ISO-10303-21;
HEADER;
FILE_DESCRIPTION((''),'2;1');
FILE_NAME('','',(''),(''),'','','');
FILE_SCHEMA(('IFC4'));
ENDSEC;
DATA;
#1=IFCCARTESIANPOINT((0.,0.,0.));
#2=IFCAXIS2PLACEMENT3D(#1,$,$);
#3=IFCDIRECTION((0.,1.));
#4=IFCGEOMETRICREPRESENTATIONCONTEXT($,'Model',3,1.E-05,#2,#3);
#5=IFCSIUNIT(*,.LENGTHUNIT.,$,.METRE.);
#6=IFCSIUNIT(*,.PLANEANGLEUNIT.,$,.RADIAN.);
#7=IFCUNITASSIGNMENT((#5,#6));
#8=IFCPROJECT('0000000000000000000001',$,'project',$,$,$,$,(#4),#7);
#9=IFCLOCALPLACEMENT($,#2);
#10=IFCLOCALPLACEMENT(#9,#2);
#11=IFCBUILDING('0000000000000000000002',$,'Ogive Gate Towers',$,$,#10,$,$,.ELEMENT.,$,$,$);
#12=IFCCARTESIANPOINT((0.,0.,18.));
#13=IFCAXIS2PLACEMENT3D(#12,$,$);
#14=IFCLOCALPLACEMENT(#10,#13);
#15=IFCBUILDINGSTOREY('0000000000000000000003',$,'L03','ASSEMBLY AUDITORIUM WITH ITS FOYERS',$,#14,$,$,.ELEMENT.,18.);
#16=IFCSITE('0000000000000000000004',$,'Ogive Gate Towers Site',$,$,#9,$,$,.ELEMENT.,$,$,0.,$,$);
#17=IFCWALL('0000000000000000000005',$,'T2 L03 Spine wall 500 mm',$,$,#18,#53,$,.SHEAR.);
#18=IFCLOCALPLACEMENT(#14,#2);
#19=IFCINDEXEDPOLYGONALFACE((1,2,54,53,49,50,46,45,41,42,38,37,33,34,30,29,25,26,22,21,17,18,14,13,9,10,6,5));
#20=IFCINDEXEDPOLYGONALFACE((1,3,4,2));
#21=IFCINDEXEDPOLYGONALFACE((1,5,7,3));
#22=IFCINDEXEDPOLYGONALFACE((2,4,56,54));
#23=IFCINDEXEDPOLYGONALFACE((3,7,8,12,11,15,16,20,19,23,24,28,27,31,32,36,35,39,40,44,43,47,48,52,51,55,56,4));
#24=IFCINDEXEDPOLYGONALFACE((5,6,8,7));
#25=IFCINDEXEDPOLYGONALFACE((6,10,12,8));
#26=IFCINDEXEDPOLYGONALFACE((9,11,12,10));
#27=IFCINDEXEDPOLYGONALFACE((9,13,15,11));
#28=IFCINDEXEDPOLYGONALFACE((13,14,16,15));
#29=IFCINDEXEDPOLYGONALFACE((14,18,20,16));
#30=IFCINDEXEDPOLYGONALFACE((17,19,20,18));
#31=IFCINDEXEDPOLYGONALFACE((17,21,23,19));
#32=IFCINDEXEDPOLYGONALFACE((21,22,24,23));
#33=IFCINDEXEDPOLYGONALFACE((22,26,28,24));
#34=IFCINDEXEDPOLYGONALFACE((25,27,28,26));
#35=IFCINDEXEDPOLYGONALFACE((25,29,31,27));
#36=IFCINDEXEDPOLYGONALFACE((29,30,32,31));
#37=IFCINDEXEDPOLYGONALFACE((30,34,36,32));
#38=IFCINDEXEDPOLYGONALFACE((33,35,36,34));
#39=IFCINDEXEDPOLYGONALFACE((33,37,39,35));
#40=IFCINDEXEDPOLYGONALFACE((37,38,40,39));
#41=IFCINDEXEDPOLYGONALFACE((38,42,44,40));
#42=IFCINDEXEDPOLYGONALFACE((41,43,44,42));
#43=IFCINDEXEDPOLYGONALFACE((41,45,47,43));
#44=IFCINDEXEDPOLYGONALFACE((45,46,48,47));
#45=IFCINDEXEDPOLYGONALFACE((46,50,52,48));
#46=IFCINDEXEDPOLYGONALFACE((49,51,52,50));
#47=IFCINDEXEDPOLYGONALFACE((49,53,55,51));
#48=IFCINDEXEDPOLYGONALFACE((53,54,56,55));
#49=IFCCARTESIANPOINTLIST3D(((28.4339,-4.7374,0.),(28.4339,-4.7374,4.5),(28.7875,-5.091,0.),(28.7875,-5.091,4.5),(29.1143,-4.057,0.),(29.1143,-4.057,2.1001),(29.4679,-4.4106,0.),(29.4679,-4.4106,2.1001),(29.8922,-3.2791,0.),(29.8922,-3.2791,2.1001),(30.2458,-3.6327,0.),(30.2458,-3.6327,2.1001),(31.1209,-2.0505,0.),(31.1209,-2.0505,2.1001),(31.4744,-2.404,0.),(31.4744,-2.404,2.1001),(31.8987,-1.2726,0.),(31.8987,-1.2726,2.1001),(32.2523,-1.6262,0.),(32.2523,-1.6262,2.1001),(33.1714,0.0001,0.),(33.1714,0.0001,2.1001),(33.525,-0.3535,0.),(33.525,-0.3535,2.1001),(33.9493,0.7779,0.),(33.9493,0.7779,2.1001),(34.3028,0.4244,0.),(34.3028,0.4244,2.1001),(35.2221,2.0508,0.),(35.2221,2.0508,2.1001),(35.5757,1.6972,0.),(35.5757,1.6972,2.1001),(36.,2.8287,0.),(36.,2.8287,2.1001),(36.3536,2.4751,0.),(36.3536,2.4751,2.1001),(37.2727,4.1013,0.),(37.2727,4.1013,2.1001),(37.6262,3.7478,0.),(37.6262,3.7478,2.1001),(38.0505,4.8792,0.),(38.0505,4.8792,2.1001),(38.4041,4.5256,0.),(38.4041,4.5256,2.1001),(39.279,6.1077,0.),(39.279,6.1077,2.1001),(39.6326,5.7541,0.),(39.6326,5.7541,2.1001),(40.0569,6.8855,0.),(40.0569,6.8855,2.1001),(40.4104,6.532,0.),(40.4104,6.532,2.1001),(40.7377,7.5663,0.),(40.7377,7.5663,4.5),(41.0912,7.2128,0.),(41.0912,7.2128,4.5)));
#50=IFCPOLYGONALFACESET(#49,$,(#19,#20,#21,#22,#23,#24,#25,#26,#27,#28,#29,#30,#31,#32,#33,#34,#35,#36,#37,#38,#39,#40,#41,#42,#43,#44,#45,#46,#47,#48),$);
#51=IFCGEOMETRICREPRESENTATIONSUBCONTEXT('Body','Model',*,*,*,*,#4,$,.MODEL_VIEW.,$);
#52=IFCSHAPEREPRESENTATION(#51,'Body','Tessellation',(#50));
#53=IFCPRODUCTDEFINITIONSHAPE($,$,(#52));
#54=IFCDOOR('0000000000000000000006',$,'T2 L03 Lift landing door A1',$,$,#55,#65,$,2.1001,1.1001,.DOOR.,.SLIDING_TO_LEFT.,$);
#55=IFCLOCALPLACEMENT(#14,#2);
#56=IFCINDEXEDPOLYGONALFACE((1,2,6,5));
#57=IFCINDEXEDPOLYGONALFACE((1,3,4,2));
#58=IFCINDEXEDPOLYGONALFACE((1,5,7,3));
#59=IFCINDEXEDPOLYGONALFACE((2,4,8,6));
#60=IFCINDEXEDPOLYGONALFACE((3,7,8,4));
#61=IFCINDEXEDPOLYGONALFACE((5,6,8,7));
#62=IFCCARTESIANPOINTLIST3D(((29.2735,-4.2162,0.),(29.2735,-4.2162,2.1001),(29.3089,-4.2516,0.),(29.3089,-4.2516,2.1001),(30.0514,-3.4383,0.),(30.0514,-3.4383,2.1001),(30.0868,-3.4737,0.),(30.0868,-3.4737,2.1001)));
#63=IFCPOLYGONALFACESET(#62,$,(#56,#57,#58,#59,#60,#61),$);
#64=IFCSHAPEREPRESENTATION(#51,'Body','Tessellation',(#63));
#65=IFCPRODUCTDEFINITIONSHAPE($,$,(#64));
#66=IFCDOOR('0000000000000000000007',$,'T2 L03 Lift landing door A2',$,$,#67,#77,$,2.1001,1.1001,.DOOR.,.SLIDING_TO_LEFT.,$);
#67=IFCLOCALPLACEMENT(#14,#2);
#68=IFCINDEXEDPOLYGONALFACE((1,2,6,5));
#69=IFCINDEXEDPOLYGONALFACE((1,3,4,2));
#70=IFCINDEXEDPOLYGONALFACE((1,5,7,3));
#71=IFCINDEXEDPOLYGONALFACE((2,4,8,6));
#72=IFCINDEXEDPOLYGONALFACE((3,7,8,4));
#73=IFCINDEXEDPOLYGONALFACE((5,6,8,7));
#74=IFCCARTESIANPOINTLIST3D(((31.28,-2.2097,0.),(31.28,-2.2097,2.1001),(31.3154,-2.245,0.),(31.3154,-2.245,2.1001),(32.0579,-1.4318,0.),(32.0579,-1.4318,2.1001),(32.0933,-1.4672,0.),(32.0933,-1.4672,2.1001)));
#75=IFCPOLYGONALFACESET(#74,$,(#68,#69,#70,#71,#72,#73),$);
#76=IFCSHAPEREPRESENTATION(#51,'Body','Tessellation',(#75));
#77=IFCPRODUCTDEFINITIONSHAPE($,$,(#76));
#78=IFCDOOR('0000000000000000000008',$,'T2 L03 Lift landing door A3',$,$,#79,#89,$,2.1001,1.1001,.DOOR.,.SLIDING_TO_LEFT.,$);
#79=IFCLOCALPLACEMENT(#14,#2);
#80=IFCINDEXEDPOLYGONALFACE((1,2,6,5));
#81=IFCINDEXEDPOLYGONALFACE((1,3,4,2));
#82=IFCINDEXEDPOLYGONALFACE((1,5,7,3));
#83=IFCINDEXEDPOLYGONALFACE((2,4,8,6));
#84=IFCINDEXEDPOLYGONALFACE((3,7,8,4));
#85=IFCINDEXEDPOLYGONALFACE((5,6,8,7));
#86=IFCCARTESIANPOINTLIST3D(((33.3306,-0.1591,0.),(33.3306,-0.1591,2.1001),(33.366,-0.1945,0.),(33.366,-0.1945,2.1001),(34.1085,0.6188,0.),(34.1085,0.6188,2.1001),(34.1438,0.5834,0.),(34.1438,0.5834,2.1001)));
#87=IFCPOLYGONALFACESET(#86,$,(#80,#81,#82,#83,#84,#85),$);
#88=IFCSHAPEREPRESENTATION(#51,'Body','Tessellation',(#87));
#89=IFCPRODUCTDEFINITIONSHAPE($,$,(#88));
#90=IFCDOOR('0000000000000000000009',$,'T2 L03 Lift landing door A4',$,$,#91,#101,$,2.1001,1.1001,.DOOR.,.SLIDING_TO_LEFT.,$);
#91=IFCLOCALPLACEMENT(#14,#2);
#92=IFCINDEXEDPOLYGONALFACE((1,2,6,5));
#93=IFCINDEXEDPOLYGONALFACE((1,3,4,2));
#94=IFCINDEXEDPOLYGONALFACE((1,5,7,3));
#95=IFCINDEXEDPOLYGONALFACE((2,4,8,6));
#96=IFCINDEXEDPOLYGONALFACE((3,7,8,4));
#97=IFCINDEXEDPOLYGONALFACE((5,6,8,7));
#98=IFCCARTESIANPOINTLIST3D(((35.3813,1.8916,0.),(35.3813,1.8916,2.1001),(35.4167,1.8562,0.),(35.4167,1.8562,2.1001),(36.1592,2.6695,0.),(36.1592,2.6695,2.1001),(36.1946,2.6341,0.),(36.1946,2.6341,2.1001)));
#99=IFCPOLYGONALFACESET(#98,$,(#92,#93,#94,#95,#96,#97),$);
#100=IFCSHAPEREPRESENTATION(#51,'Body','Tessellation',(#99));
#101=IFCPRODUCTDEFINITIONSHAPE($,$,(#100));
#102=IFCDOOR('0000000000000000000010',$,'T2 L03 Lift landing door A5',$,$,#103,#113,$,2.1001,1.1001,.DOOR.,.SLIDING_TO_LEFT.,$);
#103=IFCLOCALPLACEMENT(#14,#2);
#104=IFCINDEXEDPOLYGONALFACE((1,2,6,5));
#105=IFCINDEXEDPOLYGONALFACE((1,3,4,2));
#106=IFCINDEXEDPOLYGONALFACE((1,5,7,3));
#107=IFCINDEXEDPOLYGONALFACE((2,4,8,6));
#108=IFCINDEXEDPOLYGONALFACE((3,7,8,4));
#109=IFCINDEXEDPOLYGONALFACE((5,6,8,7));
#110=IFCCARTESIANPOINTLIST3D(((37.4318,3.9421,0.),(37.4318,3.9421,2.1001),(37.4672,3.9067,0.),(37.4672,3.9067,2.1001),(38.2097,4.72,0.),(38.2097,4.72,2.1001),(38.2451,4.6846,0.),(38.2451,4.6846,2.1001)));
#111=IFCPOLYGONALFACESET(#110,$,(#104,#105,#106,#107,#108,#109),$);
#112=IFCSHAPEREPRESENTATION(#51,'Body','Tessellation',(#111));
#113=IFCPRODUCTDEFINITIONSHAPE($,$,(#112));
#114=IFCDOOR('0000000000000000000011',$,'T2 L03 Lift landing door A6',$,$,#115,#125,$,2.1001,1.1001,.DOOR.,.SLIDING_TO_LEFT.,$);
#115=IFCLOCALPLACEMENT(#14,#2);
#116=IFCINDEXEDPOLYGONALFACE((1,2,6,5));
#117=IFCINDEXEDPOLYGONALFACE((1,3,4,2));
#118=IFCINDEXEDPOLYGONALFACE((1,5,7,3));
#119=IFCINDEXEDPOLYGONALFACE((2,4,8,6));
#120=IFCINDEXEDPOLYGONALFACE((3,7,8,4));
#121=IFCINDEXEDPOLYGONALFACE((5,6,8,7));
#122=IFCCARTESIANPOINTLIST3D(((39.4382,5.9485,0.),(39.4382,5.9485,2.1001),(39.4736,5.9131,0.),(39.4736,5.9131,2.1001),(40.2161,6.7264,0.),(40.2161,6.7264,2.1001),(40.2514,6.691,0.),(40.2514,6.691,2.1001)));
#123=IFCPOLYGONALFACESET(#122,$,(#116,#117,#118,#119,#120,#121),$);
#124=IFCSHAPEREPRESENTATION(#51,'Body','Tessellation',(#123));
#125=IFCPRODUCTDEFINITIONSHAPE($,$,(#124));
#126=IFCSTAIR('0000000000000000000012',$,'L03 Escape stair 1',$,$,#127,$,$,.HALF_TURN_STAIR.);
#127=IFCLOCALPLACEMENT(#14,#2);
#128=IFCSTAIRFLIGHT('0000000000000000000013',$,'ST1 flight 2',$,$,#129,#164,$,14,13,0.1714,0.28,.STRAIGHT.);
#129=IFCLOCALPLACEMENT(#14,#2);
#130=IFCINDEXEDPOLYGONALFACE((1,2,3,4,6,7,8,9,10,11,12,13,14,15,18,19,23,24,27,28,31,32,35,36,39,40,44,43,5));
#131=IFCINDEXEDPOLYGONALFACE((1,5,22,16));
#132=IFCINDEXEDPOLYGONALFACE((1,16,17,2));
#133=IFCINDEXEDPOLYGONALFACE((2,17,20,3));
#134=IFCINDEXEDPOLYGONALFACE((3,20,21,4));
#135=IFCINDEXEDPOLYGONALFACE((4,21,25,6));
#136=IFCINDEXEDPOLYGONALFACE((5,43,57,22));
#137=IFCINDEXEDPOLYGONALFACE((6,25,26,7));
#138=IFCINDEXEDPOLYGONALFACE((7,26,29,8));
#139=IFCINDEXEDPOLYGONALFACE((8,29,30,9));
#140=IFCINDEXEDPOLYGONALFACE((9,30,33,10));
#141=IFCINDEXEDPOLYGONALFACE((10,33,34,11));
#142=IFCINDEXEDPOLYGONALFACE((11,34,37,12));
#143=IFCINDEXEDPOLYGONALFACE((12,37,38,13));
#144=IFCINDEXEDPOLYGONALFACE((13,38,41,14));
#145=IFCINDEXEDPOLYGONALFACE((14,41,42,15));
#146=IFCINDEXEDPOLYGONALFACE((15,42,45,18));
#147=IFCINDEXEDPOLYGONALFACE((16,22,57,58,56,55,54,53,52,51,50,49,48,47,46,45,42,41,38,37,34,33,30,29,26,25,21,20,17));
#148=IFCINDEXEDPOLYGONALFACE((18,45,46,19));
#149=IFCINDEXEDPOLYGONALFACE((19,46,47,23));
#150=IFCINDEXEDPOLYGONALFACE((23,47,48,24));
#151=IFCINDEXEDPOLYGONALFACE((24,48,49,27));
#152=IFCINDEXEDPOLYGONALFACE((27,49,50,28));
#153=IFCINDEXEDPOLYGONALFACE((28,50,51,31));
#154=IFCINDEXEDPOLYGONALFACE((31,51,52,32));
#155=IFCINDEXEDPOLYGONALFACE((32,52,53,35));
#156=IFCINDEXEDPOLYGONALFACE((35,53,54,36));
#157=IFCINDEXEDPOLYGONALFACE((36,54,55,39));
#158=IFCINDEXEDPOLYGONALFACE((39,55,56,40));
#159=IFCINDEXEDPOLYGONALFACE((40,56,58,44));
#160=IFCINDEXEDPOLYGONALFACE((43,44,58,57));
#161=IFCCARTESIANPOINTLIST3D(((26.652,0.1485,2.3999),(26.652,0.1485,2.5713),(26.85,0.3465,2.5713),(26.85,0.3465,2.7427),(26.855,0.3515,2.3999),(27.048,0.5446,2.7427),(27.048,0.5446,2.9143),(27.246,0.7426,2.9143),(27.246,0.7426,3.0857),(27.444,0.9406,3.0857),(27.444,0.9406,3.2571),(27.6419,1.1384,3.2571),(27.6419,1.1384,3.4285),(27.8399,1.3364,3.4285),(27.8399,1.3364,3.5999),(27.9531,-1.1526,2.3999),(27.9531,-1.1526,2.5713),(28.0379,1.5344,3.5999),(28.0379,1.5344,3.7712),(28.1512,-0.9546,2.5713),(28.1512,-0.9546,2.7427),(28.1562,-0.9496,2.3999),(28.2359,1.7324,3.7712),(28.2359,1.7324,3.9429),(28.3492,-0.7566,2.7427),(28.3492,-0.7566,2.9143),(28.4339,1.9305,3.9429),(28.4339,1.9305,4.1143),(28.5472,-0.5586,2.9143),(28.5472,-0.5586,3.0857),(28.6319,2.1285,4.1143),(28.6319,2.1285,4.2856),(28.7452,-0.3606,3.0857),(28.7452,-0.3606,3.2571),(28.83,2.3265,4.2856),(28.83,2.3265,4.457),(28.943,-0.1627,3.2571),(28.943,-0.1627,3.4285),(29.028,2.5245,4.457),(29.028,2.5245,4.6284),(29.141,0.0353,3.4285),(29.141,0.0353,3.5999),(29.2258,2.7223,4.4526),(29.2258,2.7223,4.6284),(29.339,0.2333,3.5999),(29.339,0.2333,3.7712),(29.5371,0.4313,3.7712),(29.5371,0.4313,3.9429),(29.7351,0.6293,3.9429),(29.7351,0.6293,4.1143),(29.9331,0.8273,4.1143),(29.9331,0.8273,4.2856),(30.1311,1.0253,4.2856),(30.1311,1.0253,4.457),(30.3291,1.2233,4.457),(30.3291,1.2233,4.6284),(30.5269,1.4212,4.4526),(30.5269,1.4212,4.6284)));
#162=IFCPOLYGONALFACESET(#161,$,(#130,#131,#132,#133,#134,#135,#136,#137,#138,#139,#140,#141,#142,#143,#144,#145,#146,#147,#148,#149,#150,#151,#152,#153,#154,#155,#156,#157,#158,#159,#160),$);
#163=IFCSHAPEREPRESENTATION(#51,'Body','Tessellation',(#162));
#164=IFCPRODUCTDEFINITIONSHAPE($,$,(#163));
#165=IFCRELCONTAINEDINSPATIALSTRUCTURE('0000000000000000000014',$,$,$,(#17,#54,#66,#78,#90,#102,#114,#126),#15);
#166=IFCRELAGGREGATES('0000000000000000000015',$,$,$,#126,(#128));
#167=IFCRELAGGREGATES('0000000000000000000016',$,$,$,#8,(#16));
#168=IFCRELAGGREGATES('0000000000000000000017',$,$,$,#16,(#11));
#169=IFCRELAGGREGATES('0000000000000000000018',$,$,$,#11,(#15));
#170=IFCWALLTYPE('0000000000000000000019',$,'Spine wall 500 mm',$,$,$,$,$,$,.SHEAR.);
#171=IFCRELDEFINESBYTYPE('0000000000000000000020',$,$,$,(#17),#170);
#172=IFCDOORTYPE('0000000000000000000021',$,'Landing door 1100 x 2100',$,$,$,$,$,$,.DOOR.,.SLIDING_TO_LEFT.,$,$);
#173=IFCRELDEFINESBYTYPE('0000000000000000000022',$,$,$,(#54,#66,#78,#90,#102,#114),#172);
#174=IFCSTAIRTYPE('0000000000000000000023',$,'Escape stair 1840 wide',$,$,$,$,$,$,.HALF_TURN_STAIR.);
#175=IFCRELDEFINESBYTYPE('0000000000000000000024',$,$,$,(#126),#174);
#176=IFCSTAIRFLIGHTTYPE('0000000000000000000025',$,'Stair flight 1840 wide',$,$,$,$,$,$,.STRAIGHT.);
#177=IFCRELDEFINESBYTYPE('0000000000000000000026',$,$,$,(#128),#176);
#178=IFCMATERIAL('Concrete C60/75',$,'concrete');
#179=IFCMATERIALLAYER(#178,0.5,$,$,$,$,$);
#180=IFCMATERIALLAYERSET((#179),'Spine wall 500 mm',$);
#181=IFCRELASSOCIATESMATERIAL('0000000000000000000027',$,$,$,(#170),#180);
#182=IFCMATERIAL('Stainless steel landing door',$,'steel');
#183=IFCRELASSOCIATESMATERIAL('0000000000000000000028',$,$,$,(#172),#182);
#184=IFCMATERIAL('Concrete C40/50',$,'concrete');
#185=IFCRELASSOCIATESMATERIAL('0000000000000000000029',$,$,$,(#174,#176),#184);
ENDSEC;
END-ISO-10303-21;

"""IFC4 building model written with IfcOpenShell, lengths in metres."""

from ifc_helpers import new_model, si_unit, direction, frame, frame_2d, origin, place, context, subcontext, project, spatial, polyline, rectangle, outline, extrude, material, layer, layer_set, type_object, element, fill, aggregate, save


model = new_model("IFC4")

# Units and contexts
model_context = context("Model", 3, precision=1e-05, world=origin(), true_north=direction((0.0, 1.0)))
body_context = subcontext(model_context, "Body", "Model", "MODEL_VIEW")
ifc_project = project(units=[si_unit("LENGTHUNIT", "METRE"), si_unit("PLANEANGLEUNIT", "RADIAN")], contexts=[model_context])

# Site, building, storey
site_placement = place(None, origin())
site = spatial("IfcSite", under=ifc_project, at=site_placement, Name="Ogive Gate Towers Site", CompositionType="ELEMENT", RefElevation=0.0)
building_placement = place(site_placement, origin())
building = spatial("IfcBuilding", under=site, at=building_placement, Name="Ogive Gate Towers", CompositionType="ELEMENT")
storey_placement = place(building_placement, frame((0.0, 0.0, 18.0)))
storey = spatial("IfcBuildingStorey", under=building, at=storey_placement, Name="L03", Description="ASSEMBLY AUDITORIUM WITH ITS FOYERS", CompositionType="ELEMENT", Elevation=18.0)

# Shared definitions
ifc_material_1 = material(Name="Concrete C60/75", Category="concrete")

# Wall, openings, doors
ifc_layer_1 = layer(ifc_material_1, 0.5)
ifc_layer_set_1 = layer_set([ifc_layer_1], Name="Spine wall 500 mm")
wall_type_1 = type_object("IfcWallType", Name="Spine wall 500 mm", PredefinedType="SHEAR", material=ifc_layer_set_1)
ifc_material_2 = material(Name="Stainless steel landing door", Category="steel")
wall_1_placement = place(storey_placement, frame((28.6106, -4.9143, 0.0), z_axis=(0.0, 0.0, 1.0), x_axis=(0.707107, 0.707107, 0.0)))
wall_1 = element("IfcWall", 1, at=wall_1_placement, inside=storey, type_object=wall_type_1, Name="T2 L03 Spine wall 500 mm", PredefinedType="SHEAR", context=body_context, shape_type="SweptSolid", body=[
    extrude(rectangle(XDim=17.4001, YDim=0.5, at=frame_2d((8.7002, 0.0))), origin(), (0.0, 0.0, 1.0), 4.5),
])
opening_1_placement = place(wall_1_placement, frame((0.9624, 0.0, 0.0)))
opening_1 = element("IfcOpeningElement", 2, at=opening_1_placement, cuts=wall_1, PredefinedType="OPENING", context=body_context, shape_type="SweptSolid", body=[
    extrude(rectangle(XDim=1.1001, YDim=2.1001, at=frame_2d((0.55, 1.05))), frame((0.0, 0.26, 0.0), z_axis=(0.0, -1.0, 0.0), x_axis=(1.0, 0.0, 0.0)), (0.0, 0.0, 1.0), 0.52),
])
opening_2_placement = place(wall_1_placement, frame((3.8, 0.0, 0.0)))
opening_2 = element("IfcOpeningElement", 3, at=opening_2_placement, cuts=wall_1, PredefinedType="OPENING", context=body_context, shape_type="SweptSolid", body=[
    extrude(rectangle(XDim=1.1001, YDim=2.1001, at=frame_2d((0.55, 1.05))), frame((0.0, 0.26, 0.0), z_axis=(0.0, -1.0, 0.0), x_axis=(1.0, 0.0, 0.0)), (0.0, 0.0, 1.0), 0.52),
])
opening_3_placement = place(wall_1_placement, frame((6.7, 0.0, 0.0)))
opening_3 = element("IfcOpeningElement", 4, at=opening_3_placement, cuts=wall_1, PredefinedType="OPENING", context=body_context, shape_type="SweptSolid", body=[
    extrude(rectangle(XDim=1.1001, YDim=2.1001, at=frame_2d((0.55, 1.05))), frame((0.0, 0.26, 0.0), z_axis=(0.0, -1.0, 0.0), x_axis=(1.0, 0.0, 0.0)), (0.0, 0.0, 1.0), 0.52),
])
opening_4_placement = place(wall_1_placement, frame((9.6001, 0.0, 0.0)))
opening_4 = element("IfcOpeningElement", 5, at=opening_4_placement, cuts=wall_1, PredefinedType="OPENING", context=body_context, shape_type="SweptSolid", body=[
    extrude(rectangle(XDim=1.1001, YDim=2.1001, at=frame_2d((0.55, 1.05))), frame((0.0, 0.26, 0.0), z_axis=(0.0, -1.0, 0.0), x_axis=(1.0, 0.0, 0.0)), (0.0, 0.0, 1.0), 0.52),
])
opening_5_placement = place(wall_1_placement, frame((12.5, 0.0, 0.0)))
opening_5 = element("IfcOpeningElement", 6, at=opening_5_placement, cuts=wall_1, PredefinedType="OPENING", context=body_context, shape_type="SweptSolid", body=[
    extrude(rectangle(XDim=1.1001, YDim=2.1001, at=frame_2d((0.55, 1.05))), frame((0.0, 0.26, 0.0), z_axis=(0.0, -1.0, 0.0), x_axis=(1.0, 0.0, 0.0)), (0.0, 0.0, 1.0), 0.52),
])
opening_6_placement = place(wall_1_placement, frame((15.3374, 0.0, 0.0)))
opening_6 = element("IfcOpeningElement", 7, at=opening_6_placement, cuts=wall_1, PredefinedType="OPENING", context=body_context, shape_type="SweptSolid", body=[
    extrude(rectangle(XDim=1.1001, YDim=2.1001, at=frame_2d((0.55, 1.05))), frame((0.0, 0.26, 0.0), z_axis=(0.0, -1.0, 0.0), x_axis=(1.0, 0.0, 0.0)), (0.0, 0.0, 1.0), 0.52),
])
door_type_1 = type_object("IfcDoorType", Name="Landing door 1100 x 2100", OperationType="SLIDING_TO_LEFT", PredefinedType="DOOR", material=ifc_material_2)
door_1_placement = place(opening_1_placement, origin())
door_1 = element("IfcDoor", 8, at=door_1_placement, inside=storey, type_object=door_type_1, Name="T2 L03 Lift landing door A1", OperationType="SLIDING_TO_LEFT", OverallHeight=2.1001, OverallWidth=1.1001, PredefinedType="DOOR", context=body_context, shape_type="SweptSolid", body=[
    extrude(rectangle(XDim=1.1001, YDim=2.1001, at=frame_2d((0.55, 1.05))), frame((0.0, 0.0249, 0.0), z_axis=(0.0, -1.0, 0.0), x_axis=(1.0, 0.0, 0.0)), (0.0, 0.0, 1.0), 0.05),
])
fill(opening_1, door_1)
door_2_placement = place(opening_2_placement, origin())
door_2 = element("IfcDoor", 9, at=door_2_placement, inside=storey, type_object=door_type_1, Name="T2 L03 Lift landing door A2", OperationType="SLIDING_TO_LEFT", OverallHeight=2.1001, OverallWidth=1.1001, PredefinedType="DOOR", context=body_context, shape_type="SweptSolid", body=[
    extrude(rectangle(XDim=1.1001, YDim=2.1001, at=frame_2d((0.55, 1.05))), frame((0.0, 0.0249, 0.0), z_axis=(0.0, -1.0, 0.0), x_axis=(1.0, 0.0, 0.0)), (0.0, 0.0, 1.0), 0.05),
])
fill(opening_2, door_2)
door_3_placement = place(opening_3_placement, origin())
door_3 = element("IfcDoor", 10, at=door_3_placement, inside=storey, type_object=door_type_1, Name="T2 L03 Lift landing door A3", OperationType="SLIDING_TO_LEFT", OverallHeight=2.1001, OverallWidth=1.1001, PredefinedType="DOOR", context=body_context, shape_type="SweptSolid", body=[
    extrude(rectangle(XDim=1.1001, YDim=2.1001, at=frame_2d((0.55, 1.05))), frame((0.0, 0.0249, 0.0), z_axis=(0.0, -1.0, 0.0), x_axis=(1.0, 0.0, 0.0)), (0.0, 0.0, 1.0), 0.05),
])
fill(opening_3, door_3)
door_4_placement = place(opening_4_placement, origin())
door_4 = element("IfcDoor", 11, at=door_4_placement, inside=storey, type_object=door_type_1, Name="T2 L03 Lift landing door A4", OperationType="SLIDING_TO_LEFT", OverallHeight=2.1001, OverallWidth=1.1001, PredefinedType="DOOR", context=body_context, shape_type="SweptSolid", body=[
    extrude(rectangle(XDim=1.1001, YDim=2.1001, at=frame_2d((0.55, 1.05))), frame((0.0, 0.0249, 0.0), z_axis=(0.0, -1.0, 0.0), x_axis=(1.0, 0.0, 0.0)), (0.0, 0.0, 1.0), 0.05),
])
fill(opening_4, door_4)
door_5_placement = place(opening_5_placement, origin())
door_5 = element("IfcDoor", 12, at=door_5_placement, inside=storey, type_object=door_type_1, Name="T2 L03 Lift landing door A5", OperationType="SLIDING_TO_LEFT", OverallHeight=2.1001, OverallWidth=1.1001, PredefinedType="DOOR", context=body_context, shape_type="SweptSolid", body=[
    extrude(rectangle(XDim=1.1001, YDim=2.1001, at=frame_2d((0.55, 1.05))), frame((0.0, 0.0249, 0.0), z_axis=(0.0, -1.0, 0.0), x_axis=(1.0, 0.0, 0.0)), (0.0, 0.0, 1.0), 0.05),
])
fill(opening_5, door_5)
door_6_placement = place(opening_6_placement, origin())
door_6 = element("IfcDoor", 13, at=door_6_placement, inside=storey, type_object=door_type_1, Name="T2 L03 Lift landing door A6", OperationType="SLIDING_TO_LEFT", OverallHeight=2.1001, OverallWidth=1.1001, PredefinedType="DOOR", context=body_context, shape_type="SweptSolid", body=[
    extrude(rectangle(XDim=1.1001, YDim=2.1001, at=frame_2d((0.55, 1.05))), frame((0.0, 0.0249, 0.0), z_axis=(0.0, -1.0, 0.0), x_axis=(1.0, 0.0, 0.0)), (0.0, 0.0, 1.0), 0.05),
])
fill(opening_6, door_6)

# Stair, stair flight
ifc_material_3 = material(Name="Concrete C40/50", Category="concrete")
stair_type = type_object("IfcStairType", Name="Escape stair 1840 wide", PredefinedType="HALF_TURN_STAIR", material=ifc_material_3)
stair_placement = place(storey_placement, origin())
stair = element("IfcStair", 14, at=stair_placement, inside=storey, type_object=stair_type, Name="L03 Escape stair 1", PredefinedType="HALF_TURN_STAIR")
stair_flight_type = type_object("IfcStairFlightType", Name="Stair flight 1840 wide", PredefinedType="STRAIGHT", material=ifc_material_3)
stair_flight_placement = place(storey_placement, frame((27.3025, -0.502, 2.3999), z_axis=(0.0, 0.0, 1.0), x_axis=(0.707107, 0.707107, 0.0)))
stair_flight = element("IfcStairFlight", 15, at=stair_flight_placement, type_object=stair_flight_type, Name="ST1 flight 2", NumberOfRisers=14, NumberOfTreads=13, PredefinedType="STRAIGHT", RiserHeight=0.1714, TreadLength=0.28, context=body_context, shape_type="SweptSolid", body=[
    extrude(outline(polyline([(0.0, 0.0), (0.0, 0.1714), (0.28, 0.1714), (0.28, 0.3428), (0.5601, 0.3428), (0.5601, 0.5144), (0.8401, 0.5144), (0.8401, 0.6858), (1.1201, 0.6858), (1.1201, 0.8572), (1.3999, 0.8572), (1.3999, 1.0286), (1.6799, 1.0286), (1.6799, 1.2), (1.96, 1.2), (1.96, 1.3713), (2.24, 1.3713), (2.24, 1.543), (2.52, 1.543), (2.52, 1.7144), (2.8, 1.7144), (2.8, 1.8857), (3.0801, 1.8857), (3.0801, 2.0571), (3.3601, 2.0571), (3.3601, 2.2285), (3.6399, 2.2285), (3.6399, 2.3999), (3.6399, 2.0527), (0.2871, 0.0), (0.0, 0.0)])), frame((0.0, 0.9199, 0.0), z_axis=(0.0, -1.0, 0.0), x_axis=(1.0, 0.0, 0.0)), (0.0, 0.0, 1.0), 1.8401),
])
aggregate(stair, [stair_flight])

save(model, "model.ifc")
